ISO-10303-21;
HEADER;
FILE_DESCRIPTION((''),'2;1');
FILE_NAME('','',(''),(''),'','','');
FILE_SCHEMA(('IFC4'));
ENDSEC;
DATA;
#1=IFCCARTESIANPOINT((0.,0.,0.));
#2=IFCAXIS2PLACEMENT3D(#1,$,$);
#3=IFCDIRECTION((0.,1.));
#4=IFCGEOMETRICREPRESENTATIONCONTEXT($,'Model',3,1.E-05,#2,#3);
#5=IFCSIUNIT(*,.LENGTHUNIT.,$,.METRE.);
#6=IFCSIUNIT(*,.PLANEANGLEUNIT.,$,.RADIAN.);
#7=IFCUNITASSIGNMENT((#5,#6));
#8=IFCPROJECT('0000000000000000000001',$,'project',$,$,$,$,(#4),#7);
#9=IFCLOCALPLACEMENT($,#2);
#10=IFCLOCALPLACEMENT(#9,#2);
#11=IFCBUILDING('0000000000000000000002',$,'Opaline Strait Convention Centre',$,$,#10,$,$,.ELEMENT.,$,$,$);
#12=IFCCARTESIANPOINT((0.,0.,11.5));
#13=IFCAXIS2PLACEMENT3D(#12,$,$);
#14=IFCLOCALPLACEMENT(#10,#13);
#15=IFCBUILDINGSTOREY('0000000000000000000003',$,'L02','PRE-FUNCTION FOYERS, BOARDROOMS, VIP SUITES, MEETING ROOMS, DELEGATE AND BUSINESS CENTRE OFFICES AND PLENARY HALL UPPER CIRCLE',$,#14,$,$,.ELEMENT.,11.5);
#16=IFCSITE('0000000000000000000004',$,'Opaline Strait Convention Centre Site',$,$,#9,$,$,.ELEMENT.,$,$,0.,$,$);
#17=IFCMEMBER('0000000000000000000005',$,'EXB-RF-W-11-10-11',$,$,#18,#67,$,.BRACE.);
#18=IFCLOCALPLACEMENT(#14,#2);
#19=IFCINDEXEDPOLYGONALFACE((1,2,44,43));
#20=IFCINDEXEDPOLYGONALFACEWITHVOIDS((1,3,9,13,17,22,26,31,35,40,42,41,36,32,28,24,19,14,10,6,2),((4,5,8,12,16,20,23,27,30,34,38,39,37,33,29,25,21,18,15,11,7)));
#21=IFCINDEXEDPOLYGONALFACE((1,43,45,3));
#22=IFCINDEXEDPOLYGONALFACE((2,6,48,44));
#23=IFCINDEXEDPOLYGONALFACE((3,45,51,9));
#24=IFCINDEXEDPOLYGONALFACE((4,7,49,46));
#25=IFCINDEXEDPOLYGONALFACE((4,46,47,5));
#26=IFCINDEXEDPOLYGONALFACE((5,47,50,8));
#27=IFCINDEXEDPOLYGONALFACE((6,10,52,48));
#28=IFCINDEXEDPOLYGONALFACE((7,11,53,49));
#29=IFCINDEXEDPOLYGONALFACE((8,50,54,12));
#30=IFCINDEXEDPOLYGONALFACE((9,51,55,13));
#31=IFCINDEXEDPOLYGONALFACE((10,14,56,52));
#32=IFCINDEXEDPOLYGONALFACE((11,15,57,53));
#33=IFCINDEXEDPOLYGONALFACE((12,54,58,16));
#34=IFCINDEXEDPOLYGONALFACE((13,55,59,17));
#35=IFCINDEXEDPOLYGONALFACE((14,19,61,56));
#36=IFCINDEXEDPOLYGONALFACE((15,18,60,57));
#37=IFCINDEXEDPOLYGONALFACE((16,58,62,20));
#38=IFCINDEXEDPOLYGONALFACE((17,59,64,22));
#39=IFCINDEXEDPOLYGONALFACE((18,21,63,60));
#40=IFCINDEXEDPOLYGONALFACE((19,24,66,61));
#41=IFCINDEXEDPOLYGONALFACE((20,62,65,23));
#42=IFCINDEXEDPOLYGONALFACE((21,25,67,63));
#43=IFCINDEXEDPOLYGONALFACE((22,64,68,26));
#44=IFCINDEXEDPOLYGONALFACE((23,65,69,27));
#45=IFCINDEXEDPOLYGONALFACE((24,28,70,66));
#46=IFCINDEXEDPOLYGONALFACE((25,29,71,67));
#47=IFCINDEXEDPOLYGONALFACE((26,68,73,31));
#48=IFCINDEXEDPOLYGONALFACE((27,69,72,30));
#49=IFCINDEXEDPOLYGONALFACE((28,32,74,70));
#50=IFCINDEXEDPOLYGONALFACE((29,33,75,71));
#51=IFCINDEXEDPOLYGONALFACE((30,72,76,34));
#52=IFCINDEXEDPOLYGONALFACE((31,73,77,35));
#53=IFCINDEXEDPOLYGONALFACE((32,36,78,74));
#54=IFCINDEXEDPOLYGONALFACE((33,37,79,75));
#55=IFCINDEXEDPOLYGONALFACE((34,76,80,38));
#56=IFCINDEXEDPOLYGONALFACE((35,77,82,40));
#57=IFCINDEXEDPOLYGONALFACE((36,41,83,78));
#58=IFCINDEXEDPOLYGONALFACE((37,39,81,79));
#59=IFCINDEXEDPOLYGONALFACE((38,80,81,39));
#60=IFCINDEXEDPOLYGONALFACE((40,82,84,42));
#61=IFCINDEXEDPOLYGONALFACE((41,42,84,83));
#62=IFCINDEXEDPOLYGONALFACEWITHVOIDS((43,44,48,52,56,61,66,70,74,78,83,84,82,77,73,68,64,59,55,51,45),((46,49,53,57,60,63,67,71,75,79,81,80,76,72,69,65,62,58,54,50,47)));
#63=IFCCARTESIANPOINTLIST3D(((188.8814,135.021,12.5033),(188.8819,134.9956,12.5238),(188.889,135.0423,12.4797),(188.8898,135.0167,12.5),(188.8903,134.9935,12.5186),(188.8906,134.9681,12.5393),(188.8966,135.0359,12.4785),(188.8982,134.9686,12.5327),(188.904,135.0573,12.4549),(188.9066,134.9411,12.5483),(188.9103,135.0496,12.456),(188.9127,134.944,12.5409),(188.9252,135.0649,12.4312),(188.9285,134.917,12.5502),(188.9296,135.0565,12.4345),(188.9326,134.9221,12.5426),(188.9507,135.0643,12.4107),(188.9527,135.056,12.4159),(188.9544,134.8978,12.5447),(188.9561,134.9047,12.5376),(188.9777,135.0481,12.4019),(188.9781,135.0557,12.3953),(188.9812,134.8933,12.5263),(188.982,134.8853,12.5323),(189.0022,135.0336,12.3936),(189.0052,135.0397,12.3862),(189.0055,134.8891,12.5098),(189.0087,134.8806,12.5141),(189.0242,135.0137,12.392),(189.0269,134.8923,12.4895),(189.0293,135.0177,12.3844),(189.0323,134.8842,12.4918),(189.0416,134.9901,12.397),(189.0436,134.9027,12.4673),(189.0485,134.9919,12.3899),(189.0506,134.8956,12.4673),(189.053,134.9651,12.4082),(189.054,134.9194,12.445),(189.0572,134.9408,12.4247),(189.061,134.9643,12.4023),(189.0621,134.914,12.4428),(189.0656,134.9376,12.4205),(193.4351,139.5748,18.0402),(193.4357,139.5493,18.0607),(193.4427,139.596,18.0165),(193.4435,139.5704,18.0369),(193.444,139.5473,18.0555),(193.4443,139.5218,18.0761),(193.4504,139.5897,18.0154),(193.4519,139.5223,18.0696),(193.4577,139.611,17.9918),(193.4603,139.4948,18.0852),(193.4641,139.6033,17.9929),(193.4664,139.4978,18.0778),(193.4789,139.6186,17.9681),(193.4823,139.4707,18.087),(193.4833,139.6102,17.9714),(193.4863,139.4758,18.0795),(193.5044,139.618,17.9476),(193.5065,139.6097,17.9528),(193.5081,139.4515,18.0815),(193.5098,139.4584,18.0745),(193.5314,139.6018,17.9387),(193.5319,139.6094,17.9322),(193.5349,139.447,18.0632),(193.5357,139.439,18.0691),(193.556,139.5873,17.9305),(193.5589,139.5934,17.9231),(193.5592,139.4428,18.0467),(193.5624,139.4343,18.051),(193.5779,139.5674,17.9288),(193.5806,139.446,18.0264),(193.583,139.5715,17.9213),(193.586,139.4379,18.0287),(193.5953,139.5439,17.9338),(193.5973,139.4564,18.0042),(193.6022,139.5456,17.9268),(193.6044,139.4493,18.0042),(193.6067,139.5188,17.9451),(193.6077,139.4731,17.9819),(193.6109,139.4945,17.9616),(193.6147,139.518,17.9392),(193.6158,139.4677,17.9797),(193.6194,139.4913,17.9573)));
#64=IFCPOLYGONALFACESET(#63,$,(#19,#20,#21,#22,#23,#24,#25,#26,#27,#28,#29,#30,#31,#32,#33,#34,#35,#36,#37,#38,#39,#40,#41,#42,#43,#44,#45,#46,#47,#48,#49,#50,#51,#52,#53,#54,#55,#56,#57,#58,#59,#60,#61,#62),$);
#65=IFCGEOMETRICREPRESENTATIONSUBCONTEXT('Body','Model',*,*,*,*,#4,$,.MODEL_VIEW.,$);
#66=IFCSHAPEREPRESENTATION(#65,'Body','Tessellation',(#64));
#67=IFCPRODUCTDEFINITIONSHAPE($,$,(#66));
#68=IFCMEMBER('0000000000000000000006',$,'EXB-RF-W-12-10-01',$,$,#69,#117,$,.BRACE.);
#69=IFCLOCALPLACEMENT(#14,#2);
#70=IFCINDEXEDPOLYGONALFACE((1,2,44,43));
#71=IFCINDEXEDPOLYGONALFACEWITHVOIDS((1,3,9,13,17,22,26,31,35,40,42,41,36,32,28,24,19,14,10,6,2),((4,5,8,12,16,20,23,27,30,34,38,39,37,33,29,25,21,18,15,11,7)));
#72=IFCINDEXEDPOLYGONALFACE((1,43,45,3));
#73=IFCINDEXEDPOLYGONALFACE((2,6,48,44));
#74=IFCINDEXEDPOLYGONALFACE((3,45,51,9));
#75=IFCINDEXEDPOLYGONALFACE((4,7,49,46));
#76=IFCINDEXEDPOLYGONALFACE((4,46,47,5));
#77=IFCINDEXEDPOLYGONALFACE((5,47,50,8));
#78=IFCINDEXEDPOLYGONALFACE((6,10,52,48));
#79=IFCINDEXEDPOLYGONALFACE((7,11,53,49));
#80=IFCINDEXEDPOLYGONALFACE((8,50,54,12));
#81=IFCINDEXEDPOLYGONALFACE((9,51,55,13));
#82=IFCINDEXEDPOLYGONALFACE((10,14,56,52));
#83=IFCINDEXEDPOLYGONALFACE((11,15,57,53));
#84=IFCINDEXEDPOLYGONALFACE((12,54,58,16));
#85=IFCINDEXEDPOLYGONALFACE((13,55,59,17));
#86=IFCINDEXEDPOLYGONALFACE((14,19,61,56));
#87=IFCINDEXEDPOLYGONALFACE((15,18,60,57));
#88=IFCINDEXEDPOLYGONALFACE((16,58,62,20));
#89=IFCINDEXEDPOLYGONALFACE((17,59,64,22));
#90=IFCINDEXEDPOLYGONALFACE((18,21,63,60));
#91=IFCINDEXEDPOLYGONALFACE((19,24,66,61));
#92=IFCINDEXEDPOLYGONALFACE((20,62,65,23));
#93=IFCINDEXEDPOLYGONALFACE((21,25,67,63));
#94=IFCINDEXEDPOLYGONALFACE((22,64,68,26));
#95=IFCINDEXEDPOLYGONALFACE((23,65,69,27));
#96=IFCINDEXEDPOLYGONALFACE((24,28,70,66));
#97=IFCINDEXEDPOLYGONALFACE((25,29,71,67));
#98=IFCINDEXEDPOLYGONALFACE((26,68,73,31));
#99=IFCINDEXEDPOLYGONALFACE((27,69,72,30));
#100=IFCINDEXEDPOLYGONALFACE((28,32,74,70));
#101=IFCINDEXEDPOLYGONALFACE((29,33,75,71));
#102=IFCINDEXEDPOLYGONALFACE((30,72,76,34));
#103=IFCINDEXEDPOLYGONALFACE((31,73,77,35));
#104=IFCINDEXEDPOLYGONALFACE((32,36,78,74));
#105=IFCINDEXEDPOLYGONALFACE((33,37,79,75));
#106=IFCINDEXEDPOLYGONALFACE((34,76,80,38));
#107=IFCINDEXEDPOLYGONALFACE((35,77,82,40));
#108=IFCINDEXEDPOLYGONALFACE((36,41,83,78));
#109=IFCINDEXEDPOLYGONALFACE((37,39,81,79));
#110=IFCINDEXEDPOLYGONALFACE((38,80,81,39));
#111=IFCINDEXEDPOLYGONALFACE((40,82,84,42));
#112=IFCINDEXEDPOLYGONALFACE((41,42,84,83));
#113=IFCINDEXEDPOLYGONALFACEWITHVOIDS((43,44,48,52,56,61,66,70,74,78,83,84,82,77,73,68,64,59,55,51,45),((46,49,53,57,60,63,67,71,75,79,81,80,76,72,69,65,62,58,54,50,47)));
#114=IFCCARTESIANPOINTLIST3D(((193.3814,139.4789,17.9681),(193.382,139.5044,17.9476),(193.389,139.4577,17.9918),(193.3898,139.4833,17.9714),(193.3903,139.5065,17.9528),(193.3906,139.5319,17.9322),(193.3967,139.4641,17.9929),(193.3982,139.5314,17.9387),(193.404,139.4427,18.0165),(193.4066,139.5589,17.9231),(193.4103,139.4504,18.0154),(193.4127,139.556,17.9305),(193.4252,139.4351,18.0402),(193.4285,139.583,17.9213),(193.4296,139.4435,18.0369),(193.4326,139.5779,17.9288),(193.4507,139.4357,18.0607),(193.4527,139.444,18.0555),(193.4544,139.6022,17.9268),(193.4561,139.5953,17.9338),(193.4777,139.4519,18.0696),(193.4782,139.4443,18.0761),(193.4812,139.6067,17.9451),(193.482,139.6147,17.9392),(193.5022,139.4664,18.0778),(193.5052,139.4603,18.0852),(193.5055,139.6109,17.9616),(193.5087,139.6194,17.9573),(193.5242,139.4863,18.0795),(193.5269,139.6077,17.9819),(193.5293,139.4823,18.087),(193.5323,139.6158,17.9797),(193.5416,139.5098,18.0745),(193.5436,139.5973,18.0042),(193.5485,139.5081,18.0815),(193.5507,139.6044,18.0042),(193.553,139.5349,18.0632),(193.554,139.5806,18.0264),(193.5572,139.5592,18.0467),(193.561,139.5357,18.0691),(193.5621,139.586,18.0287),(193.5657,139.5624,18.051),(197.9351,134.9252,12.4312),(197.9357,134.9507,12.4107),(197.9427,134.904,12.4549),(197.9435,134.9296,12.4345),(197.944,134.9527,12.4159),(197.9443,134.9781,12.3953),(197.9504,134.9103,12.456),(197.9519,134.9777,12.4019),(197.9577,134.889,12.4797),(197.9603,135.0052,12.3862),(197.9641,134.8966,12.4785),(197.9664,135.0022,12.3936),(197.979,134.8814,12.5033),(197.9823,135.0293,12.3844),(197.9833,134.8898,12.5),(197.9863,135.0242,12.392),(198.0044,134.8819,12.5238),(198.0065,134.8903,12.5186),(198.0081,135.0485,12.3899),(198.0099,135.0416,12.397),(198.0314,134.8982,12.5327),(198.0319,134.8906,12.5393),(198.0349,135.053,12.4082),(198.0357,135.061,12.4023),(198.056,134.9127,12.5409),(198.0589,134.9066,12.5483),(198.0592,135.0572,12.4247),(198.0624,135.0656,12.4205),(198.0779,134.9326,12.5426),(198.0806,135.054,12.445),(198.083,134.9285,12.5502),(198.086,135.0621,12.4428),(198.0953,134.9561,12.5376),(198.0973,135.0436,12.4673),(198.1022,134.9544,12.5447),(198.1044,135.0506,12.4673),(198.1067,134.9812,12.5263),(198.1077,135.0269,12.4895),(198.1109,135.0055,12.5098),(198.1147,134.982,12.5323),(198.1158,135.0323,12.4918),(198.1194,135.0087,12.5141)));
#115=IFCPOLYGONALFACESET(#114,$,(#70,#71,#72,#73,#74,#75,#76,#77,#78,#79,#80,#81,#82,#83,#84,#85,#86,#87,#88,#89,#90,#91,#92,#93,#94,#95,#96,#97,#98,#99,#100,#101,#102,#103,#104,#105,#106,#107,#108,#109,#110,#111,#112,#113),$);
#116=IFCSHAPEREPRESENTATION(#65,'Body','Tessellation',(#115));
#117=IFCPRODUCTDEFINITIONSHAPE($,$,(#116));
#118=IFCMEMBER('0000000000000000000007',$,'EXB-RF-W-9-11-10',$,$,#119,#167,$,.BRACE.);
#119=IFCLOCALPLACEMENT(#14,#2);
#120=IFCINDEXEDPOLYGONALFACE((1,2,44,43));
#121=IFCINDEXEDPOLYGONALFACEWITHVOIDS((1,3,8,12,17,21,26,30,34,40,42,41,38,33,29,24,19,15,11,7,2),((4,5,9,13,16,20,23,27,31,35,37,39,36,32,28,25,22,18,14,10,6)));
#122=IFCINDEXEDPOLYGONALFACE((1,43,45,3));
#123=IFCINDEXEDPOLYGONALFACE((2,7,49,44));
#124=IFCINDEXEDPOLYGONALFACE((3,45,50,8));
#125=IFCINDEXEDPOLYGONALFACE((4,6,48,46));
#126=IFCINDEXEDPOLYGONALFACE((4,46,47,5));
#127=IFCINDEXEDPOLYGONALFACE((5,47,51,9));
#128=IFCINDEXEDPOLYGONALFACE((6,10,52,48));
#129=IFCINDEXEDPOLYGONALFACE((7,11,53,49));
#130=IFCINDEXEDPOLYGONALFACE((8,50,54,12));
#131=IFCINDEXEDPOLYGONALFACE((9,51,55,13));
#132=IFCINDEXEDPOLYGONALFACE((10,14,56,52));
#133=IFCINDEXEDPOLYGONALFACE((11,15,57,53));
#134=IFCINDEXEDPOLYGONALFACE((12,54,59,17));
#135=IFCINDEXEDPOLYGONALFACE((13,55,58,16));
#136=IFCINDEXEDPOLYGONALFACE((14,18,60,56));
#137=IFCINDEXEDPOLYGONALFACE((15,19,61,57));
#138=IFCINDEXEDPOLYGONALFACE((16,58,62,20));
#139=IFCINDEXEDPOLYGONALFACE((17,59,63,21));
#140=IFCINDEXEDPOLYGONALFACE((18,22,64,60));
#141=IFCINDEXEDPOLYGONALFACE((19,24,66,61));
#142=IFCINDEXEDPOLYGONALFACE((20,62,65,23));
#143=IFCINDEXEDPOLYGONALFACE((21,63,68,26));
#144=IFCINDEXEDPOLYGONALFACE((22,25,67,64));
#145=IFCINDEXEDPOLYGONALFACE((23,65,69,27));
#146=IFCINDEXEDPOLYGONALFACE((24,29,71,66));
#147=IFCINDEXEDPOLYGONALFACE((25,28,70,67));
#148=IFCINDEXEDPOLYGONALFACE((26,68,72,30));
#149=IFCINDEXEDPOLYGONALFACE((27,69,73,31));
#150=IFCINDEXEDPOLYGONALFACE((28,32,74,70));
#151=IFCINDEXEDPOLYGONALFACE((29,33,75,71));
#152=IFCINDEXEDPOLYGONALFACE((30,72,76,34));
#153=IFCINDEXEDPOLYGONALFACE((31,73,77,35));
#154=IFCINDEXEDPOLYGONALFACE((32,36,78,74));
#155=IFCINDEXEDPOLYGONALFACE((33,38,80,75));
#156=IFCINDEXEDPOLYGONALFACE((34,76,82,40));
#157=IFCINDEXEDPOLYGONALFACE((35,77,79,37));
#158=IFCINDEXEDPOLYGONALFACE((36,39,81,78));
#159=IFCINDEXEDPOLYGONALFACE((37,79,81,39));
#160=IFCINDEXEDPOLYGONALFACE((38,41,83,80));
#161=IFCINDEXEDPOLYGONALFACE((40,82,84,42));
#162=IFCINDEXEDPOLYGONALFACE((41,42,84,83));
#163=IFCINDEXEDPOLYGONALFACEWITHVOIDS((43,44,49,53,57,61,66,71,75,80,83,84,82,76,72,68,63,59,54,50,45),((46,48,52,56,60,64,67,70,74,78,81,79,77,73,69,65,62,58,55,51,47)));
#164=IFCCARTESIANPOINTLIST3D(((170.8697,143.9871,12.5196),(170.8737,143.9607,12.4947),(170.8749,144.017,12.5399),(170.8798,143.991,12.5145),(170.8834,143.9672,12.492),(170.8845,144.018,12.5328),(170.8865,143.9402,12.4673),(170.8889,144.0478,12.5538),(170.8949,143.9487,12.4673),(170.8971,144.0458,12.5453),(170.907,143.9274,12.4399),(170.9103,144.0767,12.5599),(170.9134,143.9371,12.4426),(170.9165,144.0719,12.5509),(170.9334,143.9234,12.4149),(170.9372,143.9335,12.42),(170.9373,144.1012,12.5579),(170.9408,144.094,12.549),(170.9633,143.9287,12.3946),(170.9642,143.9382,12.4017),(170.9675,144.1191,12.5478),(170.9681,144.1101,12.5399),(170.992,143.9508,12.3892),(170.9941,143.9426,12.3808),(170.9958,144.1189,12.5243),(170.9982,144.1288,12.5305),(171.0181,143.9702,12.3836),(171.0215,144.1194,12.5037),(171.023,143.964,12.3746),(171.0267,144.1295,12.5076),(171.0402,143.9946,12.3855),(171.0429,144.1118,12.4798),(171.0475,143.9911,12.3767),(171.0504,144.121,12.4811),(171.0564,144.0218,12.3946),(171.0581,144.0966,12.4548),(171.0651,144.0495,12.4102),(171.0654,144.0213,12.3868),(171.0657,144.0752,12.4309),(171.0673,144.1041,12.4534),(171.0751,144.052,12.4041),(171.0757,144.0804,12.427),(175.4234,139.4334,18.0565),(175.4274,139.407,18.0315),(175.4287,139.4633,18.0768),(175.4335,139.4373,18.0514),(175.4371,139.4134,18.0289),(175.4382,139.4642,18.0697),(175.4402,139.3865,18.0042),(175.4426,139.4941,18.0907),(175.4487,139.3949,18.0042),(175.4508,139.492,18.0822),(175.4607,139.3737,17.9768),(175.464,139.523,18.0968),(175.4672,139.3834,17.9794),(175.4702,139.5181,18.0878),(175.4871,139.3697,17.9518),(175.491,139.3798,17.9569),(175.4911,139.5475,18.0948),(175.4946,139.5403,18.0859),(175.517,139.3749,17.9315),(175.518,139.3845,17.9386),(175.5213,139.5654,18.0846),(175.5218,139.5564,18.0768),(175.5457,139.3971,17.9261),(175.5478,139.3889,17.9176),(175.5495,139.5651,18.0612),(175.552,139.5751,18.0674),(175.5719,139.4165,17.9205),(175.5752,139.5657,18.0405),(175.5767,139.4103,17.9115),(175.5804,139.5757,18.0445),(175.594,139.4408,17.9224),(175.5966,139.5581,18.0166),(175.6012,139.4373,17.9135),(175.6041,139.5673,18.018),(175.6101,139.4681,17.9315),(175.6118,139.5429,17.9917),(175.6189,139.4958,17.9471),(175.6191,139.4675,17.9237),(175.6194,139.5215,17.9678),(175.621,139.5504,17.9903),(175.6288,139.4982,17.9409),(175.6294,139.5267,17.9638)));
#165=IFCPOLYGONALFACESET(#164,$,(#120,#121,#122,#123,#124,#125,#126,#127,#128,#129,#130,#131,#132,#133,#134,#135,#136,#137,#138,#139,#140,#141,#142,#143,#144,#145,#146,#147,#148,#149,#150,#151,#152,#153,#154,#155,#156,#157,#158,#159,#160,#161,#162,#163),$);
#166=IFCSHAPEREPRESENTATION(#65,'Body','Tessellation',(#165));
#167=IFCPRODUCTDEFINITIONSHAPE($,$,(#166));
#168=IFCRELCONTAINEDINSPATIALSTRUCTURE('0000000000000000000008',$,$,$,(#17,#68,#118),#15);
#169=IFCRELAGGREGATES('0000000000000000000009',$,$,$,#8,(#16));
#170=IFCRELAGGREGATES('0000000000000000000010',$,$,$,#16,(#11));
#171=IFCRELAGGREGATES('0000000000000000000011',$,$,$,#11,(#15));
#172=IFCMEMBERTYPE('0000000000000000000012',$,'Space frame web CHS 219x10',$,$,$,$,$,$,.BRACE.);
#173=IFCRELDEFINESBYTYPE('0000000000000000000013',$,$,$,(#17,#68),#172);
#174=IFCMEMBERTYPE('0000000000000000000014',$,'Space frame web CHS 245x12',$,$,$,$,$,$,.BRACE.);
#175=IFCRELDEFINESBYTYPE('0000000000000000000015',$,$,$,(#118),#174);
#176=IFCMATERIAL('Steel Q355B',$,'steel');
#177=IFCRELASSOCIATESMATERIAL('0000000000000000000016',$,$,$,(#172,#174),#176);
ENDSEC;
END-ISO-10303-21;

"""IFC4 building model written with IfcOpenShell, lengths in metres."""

from ifc_helpers import new_model, si_unit, direction, frame, origin, origin_2d, place, context, subcontext, project, spatial, hollow_circle, extrude, material, material_profile, profile_set, type_object, element, save


model = new_model("IFC4")

# Units and contexts
model_context = context("Model", 3, precision=1e-05, world=origin(), true_north=direction((0.0, 1.0)))
body_context = subcontext(model_context, "Body", "Model", "MODEL_VIEW")
ifc_project = project(units=[si_unit("LENGTHUNIT", "METRE"), si_unit("PLANEANGLEUNIT", "RADIAN")], contexts=[model_context])

# Site, building, storey
site_placement = place(None, origin())
site = spatial("IfcSite", under=ifc_project, at=site_placement, Name="Opaline Strait Convention Centre Site", CompositionType="ELEMENT", RefElevation=0.0)
building_placement = place(site_placement, origin())
building = spatial("IfcBuilding", under=site, at=building_placement, Name="Opaline Strait Convention Centre", CompositionType="ELEMENT")
storey_placement = place(building_placement, frame((0.0, 0.0, 11.5)))
storey = spatial("IfcBuildingStorey", under=building, at=storey_placement, Name="L02", Description="PRE-FUNCTION FOYERS, BOARDROOMS, VIP SUITES, MEETING ROOMS, DELEGATE AND BUSINESS CENTRE OFFICES AND PLENARY HALL UPPER CIRCLE", CompositionType="ELEMENT", Elevation=11.5)

# Members
ifc_material_1 = material(Name="Steel Q355B", Category="steel")
ifc_material_profile_1 = material_profile(ifc_material_1, hollow_circle(Radius=0.1096, WallThickness=0.01, at=origin_2d()), Name="CHS 219x10")
ifc_profile_set_1 = profile_set([ifc_material_profile_1], Name="Steel Q355B")
member_type_1 = type_object("IfcMemberType", Name="Space frame web CHS 219x10", PredefinedType="BRACE", material=ifc_profile_set_1)
for number, where, z_axis, x_axis, name in (
    (1, (193.5269, 139.5269, 18.0042), (-0.536178, -0.536178, -0.65194), (0.707107, -0.707107, 0.0), "EXB-RF-W-11-10-11"),
    (2, (193.4731, 139.5269, 18.0042), (0.536178, -0.536178, -0.65194), (0.707107, 0.707107, 0.0), "EXB-RF-W-12-10-01"),
):
    element("IfcMember", number, at=place(storey_placement, frame(where, z_axis=z_axis, x_axis=x_axis)), inside=storey, type_object=member_type_1, Name=name, PredefinedType="BRACE", context=body_context, shape_type="SweptSolid", body=[
        extrude(hollow_circle(Radius=0.1096, WallThickness=0.01, at=origin_2d()), origin(), (0.0, 0.0, 1.0), 8.4929),
    ])
ifc_material_profile_2 = material_profile(ifc_material_1, hollow_circle(Radius=0.1226, WallThickness=0.012, at=origin_2d()), Name="CHS 245x12")
ifc_profile_set_2 = profile_set([ifc_material_profile_2], Name="Steel Q355B")
member_type_2 = type_object("IfcMemberType", Name="Space frame web CHS 245x12", PredefinedType="BRACE", material=ifc_profile_set_2)
for number, where, z_axis, x_axis, name in (
    (3, (175.5269, 139.4731, 18.0042), (-0.536178, 0.536178, -0.65194), (-0.707107, -0.707107, 0.0), "EXB-RF-W-9-11-10"),
):
    element("IfcMember", number, at=place(storey_placement, frame(where, z_axis=z_axis, x_axis=x_axis)), inside=storey, type_object=member_type_2, Name=name, PredefinedType="BRACE", context=body_context, shape_type="SweptSolid", body=[
        extrude(hollow_circle(Radius=0.1226, WallThickness=0.012, at=origin_2d()), origin(), (0.0, 0.0, 1.0), 8.4929),
    ])

save(model, "model.ifc")
